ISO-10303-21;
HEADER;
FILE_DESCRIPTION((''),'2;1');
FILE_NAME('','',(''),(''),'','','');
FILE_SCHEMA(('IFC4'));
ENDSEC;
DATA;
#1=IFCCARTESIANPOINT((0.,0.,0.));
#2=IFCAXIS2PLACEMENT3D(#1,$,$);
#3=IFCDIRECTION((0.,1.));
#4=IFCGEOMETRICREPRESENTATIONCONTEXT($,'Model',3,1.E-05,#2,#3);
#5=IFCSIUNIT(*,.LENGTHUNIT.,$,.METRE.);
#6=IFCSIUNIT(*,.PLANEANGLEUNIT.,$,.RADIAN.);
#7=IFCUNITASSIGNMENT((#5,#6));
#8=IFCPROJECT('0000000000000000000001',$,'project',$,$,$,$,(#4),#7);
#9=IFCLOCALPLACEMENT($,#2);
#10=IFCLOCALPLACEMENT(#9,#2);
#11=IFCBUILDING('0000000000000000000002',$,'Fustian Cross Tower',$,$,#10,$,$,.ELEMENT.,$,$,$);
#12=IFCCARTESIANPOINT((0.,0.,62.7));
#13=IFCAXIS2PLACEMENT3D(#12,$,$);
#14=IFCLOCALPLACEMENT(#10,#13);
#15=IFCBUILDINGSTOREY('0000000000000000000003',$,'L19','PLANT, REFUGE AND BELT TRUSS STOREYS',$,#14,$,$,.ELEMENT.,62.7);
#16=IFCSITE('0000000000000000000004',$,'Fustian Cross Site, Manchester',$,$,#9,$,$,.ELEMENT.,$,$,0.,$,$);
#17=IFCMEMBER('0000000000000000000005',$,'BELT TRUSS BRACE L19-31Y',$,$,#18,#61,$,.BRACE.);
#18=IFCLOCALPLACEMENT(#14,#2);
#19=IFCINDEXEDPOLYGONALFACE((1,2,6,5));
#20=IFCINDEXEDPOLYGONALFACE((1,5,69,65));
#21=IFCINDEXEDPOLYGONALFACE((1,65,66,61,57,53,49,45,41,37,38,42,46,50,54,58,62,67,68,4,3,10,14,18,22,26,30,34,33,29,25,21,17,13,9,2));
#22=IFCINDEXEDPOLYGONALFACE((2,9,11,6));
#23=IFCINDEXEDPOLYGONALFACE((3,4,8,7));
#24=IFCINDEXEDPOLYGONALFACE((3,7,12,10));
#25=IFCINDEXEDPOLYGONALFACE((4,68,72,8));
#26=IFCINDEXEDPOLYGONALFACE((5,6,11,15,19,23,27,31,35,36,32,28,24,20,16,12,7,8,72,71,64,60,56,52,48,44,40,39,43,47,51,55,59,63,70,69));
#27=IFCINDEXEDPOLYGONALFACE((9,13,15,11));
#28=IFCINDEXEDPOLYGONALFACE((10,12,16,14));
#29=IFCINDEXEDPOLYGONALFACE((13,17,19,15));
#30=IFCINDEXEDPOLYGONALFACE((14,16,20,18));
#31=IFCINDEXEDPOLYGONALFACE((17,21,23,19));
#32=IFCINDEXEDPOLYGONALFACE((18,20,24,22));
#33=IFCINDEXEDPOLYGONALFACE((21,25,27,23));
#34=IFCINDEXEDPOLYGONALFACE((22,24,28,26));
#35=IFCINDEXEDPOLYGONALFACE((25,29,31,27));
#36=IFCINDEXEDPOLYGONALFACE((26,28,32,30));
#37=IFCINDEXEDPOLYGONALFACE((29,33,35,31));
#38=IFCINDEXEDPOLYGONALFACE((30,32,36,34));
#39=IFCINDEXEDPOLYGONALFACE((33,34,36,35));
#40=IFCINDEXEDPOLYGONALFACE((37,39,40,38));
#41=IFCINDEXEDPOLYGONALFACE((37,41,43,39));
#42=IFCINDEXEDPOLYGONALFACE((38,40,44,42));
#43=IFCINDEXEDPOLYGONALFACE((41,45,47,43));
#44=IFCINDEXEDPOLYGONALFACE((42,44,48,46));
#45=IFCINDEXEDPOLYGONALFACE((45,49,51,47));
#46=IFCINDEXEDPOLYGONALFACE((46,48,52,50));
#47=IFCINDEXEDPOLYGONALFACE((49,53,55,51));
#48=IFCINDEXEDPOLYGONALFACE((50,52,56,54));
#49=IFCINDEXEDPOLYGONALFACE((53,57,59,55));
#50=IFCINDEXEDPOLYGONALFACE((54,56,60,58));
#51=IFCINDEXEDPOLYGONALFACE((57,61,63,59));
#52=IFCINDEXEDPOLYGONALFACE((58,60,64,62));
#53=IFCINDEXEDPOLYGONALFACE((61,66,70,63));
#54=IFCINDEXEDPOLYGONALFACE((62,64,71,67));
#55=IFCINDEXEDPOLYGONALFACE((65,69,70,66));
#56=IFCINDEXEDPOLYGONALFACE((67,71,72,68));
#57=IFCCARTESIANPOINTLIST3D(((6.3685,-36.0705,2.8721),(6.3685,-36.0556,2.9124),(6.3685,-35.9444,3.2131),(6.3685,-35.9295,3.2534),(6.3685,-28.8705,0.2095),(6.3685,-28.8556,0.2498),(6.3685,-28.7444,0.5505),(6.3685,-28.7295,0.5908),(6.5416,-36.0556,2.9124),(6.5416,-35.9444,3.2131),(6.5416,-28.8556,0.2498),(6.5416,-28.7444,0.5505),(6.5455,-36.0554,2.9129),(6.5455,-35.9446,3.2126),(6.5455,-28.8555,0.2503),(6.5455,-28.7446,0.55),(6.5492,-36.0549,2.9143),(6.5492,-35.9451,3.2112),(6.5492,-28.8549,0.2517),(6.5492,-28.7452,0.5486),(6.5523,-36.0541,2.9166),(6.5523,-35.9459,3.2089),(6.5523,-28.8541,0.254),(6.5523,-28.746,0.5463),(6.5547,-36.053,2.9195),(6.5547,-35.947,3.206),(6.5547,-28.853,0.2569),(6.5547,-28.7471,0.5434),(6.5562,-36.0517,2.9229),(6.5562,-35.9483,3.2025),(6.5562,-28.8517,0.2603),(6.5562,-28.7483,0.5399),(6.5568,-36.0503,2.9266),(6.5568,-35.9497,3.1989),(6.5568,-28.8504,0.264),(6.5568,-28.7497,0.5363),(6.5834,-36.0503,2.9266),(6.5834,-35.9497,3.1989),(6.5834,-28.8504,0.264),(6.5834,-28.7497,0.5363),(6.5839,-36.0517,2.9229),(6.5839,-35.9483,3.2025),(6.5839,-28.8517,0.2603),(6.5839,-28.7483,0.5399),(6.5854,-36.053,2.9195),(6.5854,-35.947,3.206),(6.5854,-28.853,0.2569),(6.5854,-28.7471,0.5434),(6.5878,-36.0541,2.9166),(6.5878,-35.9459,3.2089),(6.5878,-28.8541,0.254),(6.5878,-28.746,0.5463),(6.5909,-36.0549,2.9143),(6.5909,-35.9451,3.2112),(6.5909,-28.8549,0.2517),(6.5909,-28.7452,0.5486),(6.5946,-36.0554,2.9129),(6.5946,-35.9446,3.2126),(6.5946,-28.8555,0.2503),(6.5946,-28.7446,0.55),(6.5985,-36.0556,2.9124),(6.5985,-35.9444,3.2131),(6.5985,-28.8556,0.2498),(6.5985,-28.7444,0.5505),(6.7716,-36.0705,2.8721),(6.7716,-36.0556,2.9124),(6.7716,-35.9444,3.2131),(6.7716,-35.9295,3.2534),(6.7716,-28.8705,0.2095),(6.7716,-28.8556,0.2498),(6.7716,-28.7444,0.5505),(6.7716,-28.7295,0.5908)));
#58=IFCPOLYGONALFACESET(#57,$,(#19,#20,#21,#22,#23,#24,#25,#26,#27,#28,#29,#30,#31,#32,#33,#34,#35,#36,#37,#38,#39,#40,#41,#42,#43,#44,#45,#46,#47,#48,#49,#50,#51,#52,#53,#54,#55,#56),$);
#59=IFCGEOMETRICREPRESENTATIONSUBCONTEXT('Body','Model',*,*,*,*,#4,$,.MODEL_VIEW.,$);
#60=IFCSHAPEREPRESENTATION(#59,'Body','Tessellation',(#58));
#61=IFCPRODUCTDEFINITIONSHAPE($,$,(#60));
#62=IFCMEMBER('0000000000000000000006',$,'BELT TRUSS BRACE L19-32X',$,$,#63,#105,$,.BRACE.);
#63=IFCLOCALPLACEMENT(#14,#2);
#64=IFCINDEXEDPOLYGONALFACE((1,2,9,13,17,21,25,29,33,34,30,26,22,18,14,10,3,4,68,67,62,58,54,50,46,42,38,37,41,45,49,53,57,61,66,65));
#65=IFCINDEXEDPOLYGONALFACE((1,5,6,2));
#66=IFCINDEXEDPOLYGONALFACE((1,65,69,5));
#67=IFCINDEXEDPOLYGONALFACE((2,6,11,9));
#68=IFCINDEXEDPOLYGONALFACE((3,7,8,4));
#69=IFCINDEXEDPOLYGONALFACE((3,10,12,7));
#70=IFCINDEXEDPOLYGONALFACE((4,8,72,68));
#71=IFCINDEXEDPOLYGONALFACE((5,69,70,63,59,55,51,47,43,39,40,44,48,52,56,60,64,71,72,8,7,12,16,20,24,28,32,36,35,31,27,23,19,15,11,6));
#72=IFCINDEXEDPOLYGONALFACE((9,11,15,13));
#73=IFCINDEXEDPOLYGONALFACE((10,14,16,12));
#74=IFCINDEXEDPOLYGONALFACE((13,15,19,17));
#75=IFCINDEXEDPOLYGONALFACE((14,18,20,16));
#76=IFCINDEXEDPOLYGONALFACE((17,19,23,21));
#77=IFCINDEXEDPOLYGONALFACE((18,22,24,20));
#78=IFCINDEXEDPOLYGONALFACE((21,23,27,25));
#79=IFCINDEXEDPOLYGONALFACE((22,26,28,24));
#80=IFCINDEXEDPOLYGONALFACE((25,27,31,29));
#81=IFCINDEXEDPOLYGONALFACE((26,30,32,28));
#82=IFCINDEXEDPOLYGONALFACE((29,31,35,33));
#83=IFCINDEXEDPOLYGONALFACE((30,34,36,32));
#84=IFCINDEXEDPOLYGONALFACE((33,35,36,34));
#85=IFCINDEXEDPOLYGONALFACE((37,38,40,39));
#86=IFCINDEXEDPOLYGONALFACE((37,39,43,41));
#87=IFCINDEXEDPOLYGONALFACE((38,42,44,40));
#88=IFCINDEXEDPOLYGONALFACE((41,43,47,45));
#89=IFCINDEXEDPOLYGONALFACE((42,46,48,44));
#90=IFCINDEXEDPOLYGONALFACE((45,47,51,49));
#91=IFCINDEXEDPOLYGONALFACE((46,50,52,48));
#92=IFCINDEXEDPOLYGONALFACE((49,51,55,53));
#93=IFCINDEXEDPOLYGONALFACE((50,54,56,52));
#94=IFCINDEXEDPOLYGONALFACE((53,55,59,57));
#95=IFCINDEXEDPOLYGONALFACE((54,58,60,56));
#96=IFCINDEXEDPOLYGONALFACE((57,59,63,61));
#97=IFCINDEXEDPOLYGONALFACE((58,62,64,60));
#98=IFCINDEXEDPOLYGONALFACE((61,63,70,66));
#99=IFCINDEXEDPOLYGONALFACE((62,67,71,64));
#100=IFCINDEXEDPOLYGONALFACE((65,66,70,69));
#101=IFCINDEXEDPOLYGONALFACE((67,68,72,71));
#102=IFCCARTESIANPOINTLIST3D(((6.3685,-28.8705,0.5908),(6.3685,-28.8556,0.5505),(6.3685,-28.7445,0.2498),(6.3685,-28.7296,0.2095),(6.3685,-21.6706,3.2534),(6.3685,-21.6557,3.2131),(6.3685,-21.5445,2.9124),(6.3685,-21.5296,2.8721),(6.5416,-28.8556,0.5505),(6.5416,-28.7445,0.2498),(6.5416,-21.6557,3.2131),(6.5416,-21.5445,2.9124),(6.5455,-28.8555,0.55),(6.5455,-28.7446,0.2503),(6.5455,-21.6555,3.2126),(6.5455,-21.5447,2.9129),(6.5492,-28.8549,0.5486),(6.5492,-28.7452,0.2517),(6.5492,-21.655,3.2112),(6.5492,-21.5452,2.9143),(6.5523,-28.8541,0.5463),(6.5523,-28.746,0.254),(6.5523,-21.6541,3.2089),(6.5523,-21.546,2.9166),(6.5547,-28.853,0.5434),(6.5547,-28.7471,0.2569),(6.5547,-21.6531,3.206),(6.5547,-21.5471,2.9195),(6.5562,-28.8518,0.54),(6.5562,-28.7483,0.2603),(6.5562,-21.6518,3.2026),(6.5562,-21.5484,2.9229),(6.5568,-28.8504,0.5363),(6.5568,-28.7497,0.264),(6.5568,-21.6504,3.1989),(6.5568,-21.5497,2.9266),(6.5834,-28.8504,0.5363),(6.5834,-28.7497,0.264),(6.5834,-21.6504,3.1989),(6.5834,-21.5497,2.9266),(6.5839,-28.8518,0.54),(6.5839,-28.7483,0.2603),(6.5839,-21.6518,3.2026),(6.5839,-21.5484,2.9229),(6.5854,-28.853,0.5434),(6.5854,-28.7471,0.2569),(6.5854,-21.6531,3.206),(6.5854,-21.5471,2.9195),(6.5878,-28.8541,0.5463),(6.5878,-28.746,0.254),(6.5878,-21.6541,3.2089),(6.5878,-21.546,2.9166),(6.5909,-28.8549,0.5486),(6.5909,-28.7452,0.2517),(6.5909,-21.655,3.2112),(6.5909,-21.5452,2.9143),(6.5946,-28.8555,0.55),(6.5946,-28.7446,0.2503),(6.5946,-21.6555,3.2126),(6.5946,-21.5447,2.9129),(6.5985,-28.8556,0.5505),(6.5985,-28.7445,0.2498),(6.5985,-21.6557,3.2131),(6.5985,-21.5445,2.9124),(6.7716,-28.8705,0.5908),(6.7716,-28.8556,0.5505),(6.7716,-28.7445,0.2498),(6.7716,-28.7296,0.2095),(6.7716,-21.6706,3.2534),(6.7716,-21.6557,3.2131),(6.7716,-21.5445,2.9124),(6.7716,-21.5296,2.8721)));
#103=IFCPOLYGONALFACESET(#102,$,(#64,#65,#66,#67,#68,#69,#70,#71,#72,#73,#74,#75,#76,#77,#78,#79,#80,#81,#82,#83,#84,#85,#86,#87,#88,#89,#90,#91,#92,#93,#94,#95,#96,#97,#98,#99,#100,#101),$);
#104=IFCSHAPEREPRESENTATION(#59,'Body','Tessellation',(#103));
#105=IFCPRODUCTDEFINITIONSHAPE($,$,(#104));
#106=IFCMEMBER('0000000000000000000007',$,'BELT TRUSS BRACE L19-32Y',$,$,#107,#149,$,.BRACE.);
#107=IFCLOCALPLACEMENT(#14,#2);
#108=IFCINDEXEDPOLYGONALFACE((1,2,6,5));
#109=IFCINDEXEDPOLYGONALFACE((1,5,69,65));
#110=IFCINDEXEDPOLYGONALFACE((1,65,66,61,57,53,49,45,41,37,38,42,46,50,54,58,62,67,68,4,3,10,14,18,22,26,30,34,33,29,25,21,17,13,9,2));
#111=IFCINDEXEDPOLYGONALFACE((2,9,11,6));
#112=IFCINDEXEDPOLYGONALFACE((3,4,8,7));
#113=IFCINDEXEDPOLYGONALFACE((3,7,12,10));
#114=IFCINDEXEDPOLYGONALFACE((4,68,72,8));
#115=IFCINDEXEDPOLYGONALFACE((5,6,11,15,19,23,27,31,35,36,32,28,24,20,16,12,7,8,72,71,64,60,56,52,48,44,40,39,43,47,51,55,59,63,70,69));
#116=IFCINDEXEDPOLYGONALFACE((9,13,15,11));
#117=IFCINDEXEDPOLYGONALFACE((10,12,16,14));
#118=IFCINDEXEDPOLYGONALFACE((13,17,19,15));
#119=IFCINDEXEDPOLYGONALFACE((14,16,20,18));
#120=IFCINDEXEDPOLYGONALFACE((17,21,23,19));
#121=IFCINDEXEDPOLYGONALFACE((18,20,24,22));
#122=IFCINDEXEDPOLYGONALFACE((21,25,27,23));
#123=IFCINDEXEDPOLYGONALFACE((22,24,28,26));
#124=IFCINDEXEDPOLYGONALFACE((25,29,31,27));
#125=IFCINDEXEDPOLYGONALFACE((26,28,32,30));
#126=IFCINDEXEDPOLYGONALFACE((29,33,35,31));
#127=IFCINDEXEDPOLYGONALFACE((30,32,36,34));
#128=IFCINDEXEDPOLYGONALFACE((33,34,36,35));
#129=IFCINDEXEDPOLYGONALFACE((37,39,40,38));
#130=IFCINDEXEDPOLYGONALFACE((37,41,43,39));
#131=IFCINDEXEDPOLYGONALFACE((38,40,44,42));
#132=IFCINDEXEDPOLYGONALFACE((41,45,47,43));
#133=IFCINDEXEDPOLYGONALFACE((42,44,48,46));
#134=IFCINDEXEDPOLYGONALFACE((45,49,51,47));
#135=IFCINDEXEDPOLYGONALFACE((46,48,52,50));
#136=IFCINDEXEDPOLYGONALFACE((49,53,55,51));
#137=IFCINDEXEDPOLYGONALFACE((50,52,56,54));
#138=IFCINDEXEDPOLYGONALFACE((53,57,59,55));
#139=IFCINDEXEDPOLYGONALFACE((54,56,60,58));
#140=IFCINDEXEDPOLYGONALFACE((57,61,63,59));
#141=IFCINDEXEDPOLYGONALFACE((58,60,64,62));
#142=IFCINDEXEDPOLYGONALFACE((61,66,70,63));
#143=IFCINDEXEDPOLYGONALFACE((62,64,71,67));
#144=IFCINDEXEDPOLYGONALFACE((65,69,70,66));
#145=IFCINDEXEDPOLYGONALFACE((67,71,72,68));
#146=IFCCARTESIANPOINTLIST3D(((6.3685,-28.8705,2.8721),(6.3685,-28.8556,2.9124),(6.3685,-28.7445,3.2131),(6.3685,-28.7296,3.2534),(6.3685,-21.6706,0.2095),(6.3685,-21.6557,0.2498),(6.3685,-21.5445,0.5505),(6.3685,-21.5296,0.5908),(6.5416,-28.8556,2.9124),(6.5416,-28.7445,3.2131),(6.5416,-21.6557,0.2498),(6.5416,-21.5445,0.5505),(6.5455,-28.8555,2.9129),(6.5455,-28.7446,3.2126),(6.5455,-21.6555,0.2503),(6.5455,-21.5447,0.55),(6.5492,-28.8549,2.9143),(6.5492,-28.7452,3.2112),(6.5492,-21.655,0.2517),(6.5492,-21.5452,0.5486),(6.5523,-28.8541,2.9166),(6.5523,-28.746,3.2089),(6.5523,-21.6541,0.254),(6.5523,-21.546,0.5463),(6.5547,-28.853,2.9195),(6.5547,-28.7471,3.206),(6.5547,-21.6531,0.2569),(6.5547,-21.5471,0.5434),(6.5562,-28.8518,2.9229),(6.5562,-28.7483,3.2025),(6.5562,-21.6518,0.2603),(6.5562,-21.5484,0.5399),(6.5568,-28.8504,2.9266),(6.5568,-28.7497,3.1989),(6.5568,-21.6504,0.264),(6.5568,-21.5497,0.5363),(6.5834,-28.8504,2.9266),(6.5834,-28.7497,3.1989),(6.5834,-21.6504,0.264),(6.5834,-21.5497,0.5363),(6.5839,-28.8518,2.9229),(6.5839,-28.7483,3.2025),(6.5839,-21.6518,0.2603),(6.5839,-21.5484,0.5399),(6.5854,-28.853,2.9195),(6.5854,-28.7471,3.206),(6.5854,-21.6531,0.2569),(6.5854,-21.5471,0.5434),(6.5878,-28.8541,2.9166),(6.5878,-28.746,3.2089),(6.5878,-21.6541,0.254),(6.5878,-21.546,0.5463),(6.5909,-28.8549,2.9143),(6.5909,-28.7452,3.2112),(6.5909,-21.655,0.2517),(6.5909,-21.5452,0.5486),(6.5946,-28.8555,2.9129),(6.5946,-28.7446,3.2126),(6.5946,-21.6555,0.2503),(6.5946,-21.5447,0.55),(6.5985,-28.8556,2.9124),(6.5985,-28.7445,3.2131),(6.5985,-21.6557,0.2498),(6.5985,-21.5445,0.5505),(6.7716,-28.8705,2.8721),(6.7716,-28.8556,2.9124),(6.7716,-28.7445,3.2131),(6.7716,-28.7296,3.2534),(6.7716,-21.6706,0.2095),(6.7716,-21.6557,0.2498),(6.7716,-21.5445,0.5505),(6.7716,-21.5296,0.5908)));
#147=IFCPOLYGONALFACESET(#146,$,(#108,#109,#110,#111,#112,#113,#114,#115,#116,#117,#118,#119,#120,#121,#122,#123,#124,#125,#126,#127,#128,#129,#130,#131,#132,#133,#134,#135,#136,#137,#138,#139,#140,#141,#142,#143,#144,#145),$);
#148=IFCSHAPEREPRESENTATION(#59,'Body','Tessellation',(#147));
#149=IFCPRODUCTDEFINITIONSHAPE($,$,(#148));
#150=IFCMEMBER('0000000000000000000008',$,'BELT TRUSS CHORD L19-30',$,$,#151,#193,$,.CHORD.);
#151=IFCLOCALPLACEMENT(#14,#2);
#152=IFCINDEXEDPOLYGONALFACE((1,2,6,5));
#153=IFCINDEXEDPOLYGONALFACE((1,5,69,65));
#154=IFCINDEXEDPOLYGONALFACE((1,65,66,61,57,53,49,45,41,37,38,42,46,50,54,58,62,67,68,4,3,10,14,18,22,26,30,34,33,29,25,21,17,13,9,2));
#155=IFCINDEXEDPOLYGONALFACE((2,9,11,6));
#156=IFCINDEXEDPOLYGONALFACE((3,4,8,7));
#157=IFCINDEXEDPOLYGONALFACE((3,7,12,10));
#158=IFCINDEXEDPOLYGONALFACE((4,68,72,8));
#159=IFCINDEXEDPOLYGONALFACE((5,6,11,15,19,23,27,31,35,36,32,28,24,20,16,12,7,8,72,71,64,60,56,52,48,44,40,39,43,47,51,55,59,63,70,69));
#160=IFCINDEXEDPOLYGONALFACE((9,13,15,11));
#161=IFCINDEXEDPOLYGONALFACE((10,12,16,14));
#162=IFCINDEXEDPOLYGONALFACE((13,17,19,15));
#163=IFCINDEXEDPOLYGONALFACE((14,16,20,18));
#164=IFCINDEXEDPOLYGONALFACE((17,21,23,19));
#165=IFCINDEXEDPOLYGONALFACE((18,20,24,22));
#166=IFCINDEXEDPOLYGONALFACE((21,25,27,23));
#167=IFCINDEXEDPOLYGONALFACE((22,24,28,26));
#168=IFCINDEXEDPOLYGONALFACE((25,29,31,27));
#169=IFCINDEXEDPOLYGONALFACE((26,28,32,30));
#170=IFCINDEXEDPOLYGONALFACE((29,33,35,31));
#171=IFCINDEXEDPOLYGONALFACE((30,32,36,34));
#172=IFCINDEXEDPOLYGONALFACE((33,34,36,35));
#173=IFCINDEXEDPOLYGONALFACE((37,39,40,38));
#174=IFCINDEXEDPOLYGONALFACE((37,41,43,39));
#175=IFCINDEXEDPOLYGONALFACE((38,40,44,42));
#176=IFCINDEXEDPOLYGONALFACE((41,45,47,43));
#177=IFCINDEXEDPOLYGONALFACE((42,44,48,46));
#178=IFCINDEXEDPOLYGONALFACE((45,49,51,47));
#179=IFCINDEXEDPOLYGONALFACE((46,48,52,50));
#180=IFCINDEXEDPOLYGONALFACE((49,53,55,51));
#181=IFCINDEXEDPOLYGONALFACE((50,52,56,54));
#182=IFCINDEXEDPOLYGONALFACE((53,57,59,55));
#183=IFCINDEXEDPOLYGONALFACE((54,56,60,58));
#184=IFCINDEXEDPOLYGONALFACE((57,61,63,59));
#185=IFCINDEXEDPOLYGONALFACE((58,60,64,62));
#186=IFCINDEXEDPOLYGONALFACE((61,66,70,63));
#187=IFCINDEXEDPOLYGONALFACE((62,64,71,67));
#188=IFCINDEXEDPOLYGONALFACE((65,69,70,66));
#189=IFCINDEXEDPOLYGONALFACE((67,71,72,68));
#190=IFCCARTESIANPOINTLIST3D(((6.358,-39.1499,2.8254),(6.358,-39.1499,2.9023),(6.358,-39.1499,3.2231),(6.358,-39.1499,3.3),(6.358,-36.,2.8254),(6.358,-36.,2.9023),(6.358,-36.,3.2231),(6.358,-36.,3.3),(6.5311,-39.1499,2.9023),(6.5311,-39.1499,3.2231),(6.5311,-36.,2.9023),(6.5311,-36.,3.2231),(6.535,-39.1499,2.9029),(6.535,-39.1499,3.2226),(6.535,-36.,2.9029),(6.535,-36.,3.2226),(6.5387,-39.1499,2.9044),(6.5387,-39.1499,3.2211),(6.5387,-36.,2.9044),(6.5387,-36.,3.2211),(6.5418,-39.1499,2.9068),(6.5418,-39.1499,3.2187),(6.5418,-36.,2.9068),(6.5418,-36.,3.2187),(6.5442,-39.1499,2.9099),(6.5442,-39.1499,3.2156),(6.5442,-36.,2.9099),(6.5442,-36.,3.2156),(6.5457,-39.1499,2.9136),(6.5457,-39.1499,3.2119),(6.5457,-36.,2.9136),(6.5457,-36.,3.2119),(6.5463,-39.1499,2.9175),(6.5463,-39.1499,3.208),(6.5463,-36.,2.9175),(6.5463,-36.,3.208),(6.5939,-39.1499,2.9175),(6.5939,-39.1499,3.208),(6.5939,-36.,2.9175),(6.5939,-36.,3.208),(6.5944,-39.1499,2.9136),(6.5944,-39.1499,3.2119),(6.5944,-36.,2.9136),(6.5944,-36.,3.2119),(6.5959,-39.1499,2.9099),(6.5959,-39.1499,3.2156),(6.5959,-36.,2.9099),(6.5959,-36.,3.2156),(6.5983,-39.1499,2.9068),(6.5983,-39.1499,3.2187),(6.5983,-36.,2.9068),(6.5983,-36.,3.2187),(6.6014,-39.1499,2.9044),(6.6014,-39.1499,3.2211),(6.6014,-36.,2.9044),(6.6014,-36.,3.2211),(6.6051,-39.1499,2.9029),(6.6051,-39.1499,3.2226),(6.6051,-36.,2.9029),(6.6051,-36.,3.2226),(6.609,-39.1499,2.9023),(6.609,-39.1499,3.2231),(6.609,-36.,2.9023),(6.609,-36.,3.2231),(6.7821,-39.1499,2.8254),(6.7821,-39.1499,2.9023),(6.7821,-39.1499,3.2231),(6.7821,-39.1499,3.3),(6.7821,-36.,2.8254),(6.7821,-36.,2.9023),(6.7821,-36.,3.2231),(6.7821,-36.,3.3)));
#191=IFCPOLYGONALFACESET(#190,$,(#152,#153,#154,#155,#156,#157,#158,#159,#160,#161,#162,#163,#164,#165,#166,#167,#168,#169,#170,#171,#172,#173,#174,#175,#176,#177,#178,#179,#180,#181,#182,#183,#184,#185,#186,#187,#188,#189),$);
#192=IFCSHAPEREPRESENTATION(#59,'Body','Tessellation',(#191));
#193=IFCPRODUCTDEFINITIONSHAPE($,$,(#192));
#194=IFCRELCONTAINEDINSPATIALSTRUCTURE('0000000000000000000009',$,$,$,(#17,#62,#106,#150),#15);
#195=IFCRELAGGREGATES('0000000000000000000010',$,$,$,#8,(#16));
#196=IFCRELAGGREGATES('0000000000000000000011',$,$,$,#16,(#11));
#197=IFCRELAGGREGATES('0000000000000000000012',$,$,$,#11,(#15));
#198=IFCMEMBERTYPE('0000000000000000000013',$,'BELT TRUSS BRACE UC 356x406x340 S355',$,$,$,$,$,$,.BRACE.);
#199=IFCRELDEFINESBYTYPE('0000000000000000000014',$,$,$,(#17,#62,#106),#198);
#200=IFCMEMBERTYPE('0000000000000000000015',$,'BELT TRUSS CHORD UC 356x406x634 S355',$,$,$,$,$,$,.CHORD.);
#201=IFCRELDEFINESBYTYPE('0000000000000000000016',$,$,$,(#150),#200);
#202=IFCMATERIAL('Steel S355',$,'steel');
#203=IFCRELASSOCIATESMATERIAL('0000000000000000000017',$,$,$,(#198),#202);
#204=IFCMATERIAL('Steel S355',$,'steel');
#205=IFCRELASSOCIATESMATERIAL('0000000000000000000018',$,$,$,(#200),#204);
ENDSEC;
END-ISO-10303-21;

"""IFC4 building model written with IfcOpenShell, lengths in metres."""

from ifc_helpers import new_model, si_unit, direction, frame, origin, origin_2d, place, context, subcontext, project, spatial, i_section, extrude, material, material_profile, profile_set, type_object, element, save


model = new_model("IFC4")

# Units and contexts
model_context = context("Model", 3, precision=1e-05, world=origin(), true_north=direction((0.0, 1.0)))
body_context = subcontext(model_context, "Body", "Model", "MODEL_VIEW")
ifc_project = project(units=[si_unit("LENGTHUNIT", "METRE"), si_unit("PLANEANGLEUNIT", "RADIAN")], contexts=[model_context])

# Site, building, storey
site_placement = place(None, origin())
site = spatial("IfcSite", under=ifc_project, at=site_placement, Name="Fustian Cross Site, Manchester", CompositionType="ELEMENT", RefElevation=0.0)
building_placement = place(site_placement, origin())
building = spatial("IfcBuilding", under=site, at=building_placement, Name="Fustian Cross Tower", CompositionType="ELEMENT")
storey_placement = place(building_placement, frame((0.0, 0.0, 62.7)))
storey = spatial("IfcBuildingStorey", under=building, at=storey_placement, Name="L19", Description="PLANT, REFUGE AND BELT TRUSS STOREYS", CompositionType="ELEMENT", Elevation=62.7)

# Members
ifc_material_1 = material(Name="Steel S355", Category="steel")
ifc_material_profile_1 = material_profile(ifc_material_1, i_section(OverallWidth=0.4031, OverallDepth=0.4065, WebThickness=0.0266, FlangeThickness=0.043, FilletRadius=0.0151, at=origin_2d()), Name="UC 356x406x340")
ifc_profile_set_1 = profile_set([ifc_material_profile_1], Name="Steel S355")
member_type_1 = type_object("IfcMemberType", Name="BELT TRUSS BRACE UC 356x406x340 S355", PredefinedType="BRACE", material=ifc_profile_set_1)
for number, where, z_axis, x_axis, name in (
    (1, (6.5701, -36.0, 3.0627), (0.0, 0.937921, -0.34685), (-1.0, 0.0, 0.0), "BELT TRUSS BRACE L19-31Y"),
    (2, (6.5701, -28.8, 0.4001), (0.0, 0.937921, 0.34685), (-1.0, 0.0, 0.0), "BELT TRUSS BRACE L19-32X"),
    (3, (6.5701, -28.8, 3.0627), (0.0, 0.937921, -0.34685), (-1.0, 0.0, 0.0), "BELT TRUSS BRACE L19-32Y"),
):
    element("IfcMember", number, at=place(storey_placement, frame(where, z_axis=z_axis, x_axis=x_axis)), inside=storey, type_object=member_type_1, Name=name, PredefinedType="BRACE", context=body_context, shape_type="SweptSolid", body=[
        extrude(i_section(OverallWidth=0.4031, OverallDepth=0.4065, WebThickness=0.0266, FlangeThickness=0.043, FilletRadius=0.0151, at=origin_2d()), origin(), (0.0, 0.0, 1.0), 7.6765),
    ])
ifc_material_2 = material(Name="Steel S355", Category="steel")
ifc_material_profile_2 = material_profile(ifc_material_2, i_section(OverallWidth=0.4241, OverallDepth=0.4746, WebThickness=0.0476, FlangeThickness=0.0769, FilletRadius=0.0151, at=origin_2d()), Name="UC 356x406x634")
ifc_profile_set_2 = profile_set([ifc_material_profile_2], Name="Steel S355")
member_type_2 = type_object("IfcMemberType", Name="BELT TRUSS CHORD UC 356x406x634 S355", PredefinedType="CHORD", material=ifc_profile_set_2)
for number, where, z_axis, x_axis, name in (
    (4, (6.5701, -39.1499, 3.0627), (0.0, 1.0, 0.0), (-1.0, 0.0, 0.0), "BELT TRUSS CHORD L19-30"),
):
    element("IfcMember", number, at=place(storey_placement, frame(where, z_axis=z_axis, x_axis=x_axis)), inside=storey, type_object=member_type_2, Name=name, PredefinedType="CHORD", context=body_context, shape_type="SweptSolid", body=[
        extrude(i_section(OverallWidth=0.4241, OverallDepth=0.4746, WebThickness=0.0476, FlangeThickness=0.0769, FilletRadius=0.0151, at=origin_2d()), origin(), (0.0, 0.0, 1.0), 3.1499),
    ])

save(model, "model.ifc")
